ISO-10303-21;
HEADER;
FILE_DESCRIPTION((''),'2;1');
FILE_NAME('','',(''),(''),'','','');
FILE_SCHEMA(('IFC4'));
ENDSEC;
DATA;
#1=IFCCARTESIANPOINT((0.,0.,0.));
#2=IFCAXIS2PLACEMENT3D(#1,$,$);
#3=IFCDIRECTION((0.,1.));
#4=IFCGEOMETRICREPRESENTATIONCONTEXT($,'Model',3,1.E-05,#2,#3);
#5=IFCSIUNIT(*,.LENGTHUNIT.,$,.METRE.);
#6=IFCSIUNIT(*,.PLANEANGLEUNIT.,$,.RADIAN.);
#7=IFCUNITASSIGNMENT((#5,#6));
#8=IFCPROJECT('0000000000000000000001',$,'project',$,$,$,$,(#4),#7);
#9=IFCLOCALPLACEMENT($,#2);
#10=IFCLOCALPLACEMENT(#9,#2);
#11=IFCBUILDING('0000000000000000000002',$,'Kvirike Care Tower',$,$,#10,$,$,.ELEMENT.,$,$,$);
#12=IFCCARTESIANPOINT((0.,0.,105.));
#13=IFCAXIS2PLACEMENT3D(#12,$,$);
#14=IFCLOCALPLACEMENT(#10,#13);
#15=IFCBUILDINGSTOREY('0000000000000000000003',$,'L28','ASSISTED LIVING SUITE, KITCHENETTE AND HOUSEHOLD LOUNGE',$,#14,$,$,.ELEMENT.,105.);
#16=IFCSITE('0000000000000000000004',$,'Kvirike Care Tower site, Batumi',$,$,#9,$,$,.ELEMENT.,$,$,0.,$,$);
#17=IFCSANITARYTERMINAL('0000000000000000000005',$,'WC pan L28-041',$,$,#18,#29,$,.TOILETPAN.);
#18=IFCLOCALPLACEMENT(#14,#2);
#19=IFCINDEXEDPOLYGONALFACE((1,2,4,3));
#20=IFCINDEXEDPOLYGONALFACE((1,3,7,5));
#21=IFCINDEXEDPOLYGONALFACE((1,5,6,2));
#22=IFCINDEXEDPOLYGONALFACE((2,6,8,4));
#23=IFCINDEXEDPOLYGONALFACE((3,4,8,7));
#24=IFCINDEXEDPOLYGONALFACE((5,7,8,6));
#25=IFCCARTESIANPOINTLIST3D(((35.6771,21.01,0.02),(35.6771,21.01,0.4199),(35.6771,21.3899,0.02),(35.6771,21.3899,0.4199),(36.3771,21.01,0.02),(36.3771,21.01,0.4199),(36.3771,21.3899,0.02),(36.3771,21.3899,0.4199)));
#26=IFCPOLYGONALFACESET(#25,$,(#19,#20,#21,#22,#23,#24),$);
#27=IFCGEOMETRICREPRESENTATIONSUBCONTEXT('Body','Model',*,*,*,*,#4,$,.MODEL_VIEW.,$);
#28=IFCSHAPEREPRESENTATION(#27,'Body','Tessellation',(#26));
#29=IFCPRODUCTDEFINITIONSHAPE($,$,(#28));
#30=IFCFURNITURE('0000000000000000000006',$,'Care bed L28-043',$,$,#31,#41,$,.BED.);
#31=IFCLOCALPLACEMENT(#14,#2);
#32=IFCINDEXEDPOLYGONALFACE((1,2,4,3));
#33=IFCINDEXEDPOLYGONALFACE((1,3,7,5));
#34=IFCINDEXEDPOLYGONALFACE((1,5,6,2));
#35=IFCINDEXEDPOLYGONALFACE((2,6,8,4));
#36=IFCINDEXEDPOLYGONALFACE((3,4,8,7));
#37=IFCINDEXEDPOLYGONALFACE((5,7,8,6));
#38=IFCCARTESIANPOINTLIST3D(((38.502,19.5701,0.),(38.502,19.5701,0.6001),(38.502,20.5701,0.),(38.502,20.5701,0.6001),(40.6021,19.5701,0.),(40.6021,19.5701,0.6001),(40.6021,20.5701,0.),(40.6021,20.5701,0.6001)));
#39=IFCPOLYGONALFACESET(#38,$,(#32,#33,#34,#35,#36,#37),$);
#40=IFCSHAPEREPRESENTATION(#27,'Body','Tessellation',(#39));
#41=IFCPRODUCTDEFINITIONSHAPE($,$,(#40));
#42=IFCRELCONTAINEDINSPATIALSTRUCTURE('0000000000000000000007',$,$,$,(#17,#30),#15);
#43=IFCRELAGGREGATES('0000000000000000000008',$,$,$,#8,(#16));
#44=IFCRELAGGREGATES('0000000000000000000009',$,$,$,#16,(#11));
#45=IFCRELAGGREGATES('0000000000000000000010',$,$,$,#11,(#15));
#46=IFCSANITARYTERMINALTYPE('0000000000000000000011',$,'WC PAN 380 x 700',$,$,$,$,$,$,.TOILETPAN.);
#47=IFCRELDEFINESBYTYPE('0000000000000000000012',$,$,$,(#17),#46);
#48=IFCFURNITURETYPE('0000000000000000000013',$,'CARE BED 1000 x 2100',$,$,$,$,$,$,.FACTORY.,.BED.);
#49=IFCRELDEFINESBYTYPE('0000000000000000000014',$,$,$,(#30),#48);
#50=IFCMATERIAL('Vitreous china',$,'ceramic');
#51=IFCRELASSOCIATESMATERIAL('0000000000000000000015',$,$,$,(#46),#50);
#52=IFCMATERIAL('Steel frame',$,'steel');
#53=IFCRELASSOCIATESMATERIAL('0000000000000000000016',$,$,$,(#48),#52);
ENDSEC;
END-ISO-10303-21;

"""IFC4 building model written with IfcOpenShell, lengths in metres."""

from ifc_helpers import new_model, si_unit, direction, frame, origin, origin_2d, place, context, subcontext, project, spatial, rectangle, extrude, material, type_object, element, save


model = new_model("IFC4")

# Units and contexts
model_context = context("Model", 3, precision=1e-05, world=origin(), true_north=direction((0.0, 1.0)))
body_context = subcontext(model_context, "Body", "Model", "MODEL_VIEW")
ifc_project = project(units=[si_unit("LENGTHUNIT", "METRE"), si_unit("PLANEANGLEUNIT", "RADIAN")], contexts=[model_context])

# Site, building, storey
site_placement = place(None, origin())
site = spatial("IfcSite", under=ifc_project, at=site_placement, Name="Kvirike Care Tower site, Batumi", CompositionType="ELEMENT", RefElevation=0.0)
building_placement = place(site_placement, origin())
building = spatial("IfcBuilding", under=site, at=building_placement, Name="Kvirike Care Tower", CompositionType="ELEMENT")
storey_placement = place(building_placement, frame((0.0, 0.0, 105.0)))
storey = spatial("IfcBuildingStorey", under=building, at=storey_placement, Name="L28", Description="ASSISTED LIVING SUITE, KITCHENETTE AND HOUSEHOLD LOUNGE", CompositionType="ELEMENT", Elevation=105.0)

# Sanitary terminal
ifc_material_1 = material(Name="Vitreous china", Category="ceramic")
sanitary_terminal_type_1 = type_object("IfcSanitaryTerminalType", Name="WC PAN 380 x 700", PredefinedType="TOILETPAN", material=ifc_material_1)
sanitary_terminal_1_placement = place(storey_placement, frame((36.0271, 21.2, 0.02), z_axis=(0.0, 0.0, 1.0), x_axis=(0.0, 1.0, 0.0)))
element("IfcSanitaryTerminal", 1, at=sanitary_terminal_1_placement, inside=storey, type_object=sanitary_terminal_type_1, Name="WC pan L28-041", PredefinedType="TOILETPAN", context=body_context, shape_type="SweptSolid", body=[
    extrude(rectangle(XDim=0.3799, YDim=0.7, at=origin_2d()), origin(), (0.0, 0.0, 1.0), 0.3999),
])

# Furniture
ifc_material_2 = material(Name="Steel frame", Category="steel")
furniture_type = type_object("IfcFurnitureType", Name="CARE BED 1000 x 2100", AssemblyPlace="FACTORY", PredefinedType="BED", material=ifc_material_2)
furniture_placement = place(storey_placement, frame((39.552, 20.0701, 0.0), z_axis=(0.0, 0.0, 1.0), x_axis=(0.0, 1.0, 0.0)))
element("IfcFurniture", 2, at=furniture_placement, inside=storey, type_object=furniture_type, Name="Care bed L28-043", PredefinedType="BED", context=body_context, shape_type="SweptSolid", body=[
    extrude(rectangle(XDim=1.0, YDim=2.1001, at=origin_2d()), origin(), (0.0, 0.0, 1.0), 0.6001),
])

save(model, "model.ifc")
